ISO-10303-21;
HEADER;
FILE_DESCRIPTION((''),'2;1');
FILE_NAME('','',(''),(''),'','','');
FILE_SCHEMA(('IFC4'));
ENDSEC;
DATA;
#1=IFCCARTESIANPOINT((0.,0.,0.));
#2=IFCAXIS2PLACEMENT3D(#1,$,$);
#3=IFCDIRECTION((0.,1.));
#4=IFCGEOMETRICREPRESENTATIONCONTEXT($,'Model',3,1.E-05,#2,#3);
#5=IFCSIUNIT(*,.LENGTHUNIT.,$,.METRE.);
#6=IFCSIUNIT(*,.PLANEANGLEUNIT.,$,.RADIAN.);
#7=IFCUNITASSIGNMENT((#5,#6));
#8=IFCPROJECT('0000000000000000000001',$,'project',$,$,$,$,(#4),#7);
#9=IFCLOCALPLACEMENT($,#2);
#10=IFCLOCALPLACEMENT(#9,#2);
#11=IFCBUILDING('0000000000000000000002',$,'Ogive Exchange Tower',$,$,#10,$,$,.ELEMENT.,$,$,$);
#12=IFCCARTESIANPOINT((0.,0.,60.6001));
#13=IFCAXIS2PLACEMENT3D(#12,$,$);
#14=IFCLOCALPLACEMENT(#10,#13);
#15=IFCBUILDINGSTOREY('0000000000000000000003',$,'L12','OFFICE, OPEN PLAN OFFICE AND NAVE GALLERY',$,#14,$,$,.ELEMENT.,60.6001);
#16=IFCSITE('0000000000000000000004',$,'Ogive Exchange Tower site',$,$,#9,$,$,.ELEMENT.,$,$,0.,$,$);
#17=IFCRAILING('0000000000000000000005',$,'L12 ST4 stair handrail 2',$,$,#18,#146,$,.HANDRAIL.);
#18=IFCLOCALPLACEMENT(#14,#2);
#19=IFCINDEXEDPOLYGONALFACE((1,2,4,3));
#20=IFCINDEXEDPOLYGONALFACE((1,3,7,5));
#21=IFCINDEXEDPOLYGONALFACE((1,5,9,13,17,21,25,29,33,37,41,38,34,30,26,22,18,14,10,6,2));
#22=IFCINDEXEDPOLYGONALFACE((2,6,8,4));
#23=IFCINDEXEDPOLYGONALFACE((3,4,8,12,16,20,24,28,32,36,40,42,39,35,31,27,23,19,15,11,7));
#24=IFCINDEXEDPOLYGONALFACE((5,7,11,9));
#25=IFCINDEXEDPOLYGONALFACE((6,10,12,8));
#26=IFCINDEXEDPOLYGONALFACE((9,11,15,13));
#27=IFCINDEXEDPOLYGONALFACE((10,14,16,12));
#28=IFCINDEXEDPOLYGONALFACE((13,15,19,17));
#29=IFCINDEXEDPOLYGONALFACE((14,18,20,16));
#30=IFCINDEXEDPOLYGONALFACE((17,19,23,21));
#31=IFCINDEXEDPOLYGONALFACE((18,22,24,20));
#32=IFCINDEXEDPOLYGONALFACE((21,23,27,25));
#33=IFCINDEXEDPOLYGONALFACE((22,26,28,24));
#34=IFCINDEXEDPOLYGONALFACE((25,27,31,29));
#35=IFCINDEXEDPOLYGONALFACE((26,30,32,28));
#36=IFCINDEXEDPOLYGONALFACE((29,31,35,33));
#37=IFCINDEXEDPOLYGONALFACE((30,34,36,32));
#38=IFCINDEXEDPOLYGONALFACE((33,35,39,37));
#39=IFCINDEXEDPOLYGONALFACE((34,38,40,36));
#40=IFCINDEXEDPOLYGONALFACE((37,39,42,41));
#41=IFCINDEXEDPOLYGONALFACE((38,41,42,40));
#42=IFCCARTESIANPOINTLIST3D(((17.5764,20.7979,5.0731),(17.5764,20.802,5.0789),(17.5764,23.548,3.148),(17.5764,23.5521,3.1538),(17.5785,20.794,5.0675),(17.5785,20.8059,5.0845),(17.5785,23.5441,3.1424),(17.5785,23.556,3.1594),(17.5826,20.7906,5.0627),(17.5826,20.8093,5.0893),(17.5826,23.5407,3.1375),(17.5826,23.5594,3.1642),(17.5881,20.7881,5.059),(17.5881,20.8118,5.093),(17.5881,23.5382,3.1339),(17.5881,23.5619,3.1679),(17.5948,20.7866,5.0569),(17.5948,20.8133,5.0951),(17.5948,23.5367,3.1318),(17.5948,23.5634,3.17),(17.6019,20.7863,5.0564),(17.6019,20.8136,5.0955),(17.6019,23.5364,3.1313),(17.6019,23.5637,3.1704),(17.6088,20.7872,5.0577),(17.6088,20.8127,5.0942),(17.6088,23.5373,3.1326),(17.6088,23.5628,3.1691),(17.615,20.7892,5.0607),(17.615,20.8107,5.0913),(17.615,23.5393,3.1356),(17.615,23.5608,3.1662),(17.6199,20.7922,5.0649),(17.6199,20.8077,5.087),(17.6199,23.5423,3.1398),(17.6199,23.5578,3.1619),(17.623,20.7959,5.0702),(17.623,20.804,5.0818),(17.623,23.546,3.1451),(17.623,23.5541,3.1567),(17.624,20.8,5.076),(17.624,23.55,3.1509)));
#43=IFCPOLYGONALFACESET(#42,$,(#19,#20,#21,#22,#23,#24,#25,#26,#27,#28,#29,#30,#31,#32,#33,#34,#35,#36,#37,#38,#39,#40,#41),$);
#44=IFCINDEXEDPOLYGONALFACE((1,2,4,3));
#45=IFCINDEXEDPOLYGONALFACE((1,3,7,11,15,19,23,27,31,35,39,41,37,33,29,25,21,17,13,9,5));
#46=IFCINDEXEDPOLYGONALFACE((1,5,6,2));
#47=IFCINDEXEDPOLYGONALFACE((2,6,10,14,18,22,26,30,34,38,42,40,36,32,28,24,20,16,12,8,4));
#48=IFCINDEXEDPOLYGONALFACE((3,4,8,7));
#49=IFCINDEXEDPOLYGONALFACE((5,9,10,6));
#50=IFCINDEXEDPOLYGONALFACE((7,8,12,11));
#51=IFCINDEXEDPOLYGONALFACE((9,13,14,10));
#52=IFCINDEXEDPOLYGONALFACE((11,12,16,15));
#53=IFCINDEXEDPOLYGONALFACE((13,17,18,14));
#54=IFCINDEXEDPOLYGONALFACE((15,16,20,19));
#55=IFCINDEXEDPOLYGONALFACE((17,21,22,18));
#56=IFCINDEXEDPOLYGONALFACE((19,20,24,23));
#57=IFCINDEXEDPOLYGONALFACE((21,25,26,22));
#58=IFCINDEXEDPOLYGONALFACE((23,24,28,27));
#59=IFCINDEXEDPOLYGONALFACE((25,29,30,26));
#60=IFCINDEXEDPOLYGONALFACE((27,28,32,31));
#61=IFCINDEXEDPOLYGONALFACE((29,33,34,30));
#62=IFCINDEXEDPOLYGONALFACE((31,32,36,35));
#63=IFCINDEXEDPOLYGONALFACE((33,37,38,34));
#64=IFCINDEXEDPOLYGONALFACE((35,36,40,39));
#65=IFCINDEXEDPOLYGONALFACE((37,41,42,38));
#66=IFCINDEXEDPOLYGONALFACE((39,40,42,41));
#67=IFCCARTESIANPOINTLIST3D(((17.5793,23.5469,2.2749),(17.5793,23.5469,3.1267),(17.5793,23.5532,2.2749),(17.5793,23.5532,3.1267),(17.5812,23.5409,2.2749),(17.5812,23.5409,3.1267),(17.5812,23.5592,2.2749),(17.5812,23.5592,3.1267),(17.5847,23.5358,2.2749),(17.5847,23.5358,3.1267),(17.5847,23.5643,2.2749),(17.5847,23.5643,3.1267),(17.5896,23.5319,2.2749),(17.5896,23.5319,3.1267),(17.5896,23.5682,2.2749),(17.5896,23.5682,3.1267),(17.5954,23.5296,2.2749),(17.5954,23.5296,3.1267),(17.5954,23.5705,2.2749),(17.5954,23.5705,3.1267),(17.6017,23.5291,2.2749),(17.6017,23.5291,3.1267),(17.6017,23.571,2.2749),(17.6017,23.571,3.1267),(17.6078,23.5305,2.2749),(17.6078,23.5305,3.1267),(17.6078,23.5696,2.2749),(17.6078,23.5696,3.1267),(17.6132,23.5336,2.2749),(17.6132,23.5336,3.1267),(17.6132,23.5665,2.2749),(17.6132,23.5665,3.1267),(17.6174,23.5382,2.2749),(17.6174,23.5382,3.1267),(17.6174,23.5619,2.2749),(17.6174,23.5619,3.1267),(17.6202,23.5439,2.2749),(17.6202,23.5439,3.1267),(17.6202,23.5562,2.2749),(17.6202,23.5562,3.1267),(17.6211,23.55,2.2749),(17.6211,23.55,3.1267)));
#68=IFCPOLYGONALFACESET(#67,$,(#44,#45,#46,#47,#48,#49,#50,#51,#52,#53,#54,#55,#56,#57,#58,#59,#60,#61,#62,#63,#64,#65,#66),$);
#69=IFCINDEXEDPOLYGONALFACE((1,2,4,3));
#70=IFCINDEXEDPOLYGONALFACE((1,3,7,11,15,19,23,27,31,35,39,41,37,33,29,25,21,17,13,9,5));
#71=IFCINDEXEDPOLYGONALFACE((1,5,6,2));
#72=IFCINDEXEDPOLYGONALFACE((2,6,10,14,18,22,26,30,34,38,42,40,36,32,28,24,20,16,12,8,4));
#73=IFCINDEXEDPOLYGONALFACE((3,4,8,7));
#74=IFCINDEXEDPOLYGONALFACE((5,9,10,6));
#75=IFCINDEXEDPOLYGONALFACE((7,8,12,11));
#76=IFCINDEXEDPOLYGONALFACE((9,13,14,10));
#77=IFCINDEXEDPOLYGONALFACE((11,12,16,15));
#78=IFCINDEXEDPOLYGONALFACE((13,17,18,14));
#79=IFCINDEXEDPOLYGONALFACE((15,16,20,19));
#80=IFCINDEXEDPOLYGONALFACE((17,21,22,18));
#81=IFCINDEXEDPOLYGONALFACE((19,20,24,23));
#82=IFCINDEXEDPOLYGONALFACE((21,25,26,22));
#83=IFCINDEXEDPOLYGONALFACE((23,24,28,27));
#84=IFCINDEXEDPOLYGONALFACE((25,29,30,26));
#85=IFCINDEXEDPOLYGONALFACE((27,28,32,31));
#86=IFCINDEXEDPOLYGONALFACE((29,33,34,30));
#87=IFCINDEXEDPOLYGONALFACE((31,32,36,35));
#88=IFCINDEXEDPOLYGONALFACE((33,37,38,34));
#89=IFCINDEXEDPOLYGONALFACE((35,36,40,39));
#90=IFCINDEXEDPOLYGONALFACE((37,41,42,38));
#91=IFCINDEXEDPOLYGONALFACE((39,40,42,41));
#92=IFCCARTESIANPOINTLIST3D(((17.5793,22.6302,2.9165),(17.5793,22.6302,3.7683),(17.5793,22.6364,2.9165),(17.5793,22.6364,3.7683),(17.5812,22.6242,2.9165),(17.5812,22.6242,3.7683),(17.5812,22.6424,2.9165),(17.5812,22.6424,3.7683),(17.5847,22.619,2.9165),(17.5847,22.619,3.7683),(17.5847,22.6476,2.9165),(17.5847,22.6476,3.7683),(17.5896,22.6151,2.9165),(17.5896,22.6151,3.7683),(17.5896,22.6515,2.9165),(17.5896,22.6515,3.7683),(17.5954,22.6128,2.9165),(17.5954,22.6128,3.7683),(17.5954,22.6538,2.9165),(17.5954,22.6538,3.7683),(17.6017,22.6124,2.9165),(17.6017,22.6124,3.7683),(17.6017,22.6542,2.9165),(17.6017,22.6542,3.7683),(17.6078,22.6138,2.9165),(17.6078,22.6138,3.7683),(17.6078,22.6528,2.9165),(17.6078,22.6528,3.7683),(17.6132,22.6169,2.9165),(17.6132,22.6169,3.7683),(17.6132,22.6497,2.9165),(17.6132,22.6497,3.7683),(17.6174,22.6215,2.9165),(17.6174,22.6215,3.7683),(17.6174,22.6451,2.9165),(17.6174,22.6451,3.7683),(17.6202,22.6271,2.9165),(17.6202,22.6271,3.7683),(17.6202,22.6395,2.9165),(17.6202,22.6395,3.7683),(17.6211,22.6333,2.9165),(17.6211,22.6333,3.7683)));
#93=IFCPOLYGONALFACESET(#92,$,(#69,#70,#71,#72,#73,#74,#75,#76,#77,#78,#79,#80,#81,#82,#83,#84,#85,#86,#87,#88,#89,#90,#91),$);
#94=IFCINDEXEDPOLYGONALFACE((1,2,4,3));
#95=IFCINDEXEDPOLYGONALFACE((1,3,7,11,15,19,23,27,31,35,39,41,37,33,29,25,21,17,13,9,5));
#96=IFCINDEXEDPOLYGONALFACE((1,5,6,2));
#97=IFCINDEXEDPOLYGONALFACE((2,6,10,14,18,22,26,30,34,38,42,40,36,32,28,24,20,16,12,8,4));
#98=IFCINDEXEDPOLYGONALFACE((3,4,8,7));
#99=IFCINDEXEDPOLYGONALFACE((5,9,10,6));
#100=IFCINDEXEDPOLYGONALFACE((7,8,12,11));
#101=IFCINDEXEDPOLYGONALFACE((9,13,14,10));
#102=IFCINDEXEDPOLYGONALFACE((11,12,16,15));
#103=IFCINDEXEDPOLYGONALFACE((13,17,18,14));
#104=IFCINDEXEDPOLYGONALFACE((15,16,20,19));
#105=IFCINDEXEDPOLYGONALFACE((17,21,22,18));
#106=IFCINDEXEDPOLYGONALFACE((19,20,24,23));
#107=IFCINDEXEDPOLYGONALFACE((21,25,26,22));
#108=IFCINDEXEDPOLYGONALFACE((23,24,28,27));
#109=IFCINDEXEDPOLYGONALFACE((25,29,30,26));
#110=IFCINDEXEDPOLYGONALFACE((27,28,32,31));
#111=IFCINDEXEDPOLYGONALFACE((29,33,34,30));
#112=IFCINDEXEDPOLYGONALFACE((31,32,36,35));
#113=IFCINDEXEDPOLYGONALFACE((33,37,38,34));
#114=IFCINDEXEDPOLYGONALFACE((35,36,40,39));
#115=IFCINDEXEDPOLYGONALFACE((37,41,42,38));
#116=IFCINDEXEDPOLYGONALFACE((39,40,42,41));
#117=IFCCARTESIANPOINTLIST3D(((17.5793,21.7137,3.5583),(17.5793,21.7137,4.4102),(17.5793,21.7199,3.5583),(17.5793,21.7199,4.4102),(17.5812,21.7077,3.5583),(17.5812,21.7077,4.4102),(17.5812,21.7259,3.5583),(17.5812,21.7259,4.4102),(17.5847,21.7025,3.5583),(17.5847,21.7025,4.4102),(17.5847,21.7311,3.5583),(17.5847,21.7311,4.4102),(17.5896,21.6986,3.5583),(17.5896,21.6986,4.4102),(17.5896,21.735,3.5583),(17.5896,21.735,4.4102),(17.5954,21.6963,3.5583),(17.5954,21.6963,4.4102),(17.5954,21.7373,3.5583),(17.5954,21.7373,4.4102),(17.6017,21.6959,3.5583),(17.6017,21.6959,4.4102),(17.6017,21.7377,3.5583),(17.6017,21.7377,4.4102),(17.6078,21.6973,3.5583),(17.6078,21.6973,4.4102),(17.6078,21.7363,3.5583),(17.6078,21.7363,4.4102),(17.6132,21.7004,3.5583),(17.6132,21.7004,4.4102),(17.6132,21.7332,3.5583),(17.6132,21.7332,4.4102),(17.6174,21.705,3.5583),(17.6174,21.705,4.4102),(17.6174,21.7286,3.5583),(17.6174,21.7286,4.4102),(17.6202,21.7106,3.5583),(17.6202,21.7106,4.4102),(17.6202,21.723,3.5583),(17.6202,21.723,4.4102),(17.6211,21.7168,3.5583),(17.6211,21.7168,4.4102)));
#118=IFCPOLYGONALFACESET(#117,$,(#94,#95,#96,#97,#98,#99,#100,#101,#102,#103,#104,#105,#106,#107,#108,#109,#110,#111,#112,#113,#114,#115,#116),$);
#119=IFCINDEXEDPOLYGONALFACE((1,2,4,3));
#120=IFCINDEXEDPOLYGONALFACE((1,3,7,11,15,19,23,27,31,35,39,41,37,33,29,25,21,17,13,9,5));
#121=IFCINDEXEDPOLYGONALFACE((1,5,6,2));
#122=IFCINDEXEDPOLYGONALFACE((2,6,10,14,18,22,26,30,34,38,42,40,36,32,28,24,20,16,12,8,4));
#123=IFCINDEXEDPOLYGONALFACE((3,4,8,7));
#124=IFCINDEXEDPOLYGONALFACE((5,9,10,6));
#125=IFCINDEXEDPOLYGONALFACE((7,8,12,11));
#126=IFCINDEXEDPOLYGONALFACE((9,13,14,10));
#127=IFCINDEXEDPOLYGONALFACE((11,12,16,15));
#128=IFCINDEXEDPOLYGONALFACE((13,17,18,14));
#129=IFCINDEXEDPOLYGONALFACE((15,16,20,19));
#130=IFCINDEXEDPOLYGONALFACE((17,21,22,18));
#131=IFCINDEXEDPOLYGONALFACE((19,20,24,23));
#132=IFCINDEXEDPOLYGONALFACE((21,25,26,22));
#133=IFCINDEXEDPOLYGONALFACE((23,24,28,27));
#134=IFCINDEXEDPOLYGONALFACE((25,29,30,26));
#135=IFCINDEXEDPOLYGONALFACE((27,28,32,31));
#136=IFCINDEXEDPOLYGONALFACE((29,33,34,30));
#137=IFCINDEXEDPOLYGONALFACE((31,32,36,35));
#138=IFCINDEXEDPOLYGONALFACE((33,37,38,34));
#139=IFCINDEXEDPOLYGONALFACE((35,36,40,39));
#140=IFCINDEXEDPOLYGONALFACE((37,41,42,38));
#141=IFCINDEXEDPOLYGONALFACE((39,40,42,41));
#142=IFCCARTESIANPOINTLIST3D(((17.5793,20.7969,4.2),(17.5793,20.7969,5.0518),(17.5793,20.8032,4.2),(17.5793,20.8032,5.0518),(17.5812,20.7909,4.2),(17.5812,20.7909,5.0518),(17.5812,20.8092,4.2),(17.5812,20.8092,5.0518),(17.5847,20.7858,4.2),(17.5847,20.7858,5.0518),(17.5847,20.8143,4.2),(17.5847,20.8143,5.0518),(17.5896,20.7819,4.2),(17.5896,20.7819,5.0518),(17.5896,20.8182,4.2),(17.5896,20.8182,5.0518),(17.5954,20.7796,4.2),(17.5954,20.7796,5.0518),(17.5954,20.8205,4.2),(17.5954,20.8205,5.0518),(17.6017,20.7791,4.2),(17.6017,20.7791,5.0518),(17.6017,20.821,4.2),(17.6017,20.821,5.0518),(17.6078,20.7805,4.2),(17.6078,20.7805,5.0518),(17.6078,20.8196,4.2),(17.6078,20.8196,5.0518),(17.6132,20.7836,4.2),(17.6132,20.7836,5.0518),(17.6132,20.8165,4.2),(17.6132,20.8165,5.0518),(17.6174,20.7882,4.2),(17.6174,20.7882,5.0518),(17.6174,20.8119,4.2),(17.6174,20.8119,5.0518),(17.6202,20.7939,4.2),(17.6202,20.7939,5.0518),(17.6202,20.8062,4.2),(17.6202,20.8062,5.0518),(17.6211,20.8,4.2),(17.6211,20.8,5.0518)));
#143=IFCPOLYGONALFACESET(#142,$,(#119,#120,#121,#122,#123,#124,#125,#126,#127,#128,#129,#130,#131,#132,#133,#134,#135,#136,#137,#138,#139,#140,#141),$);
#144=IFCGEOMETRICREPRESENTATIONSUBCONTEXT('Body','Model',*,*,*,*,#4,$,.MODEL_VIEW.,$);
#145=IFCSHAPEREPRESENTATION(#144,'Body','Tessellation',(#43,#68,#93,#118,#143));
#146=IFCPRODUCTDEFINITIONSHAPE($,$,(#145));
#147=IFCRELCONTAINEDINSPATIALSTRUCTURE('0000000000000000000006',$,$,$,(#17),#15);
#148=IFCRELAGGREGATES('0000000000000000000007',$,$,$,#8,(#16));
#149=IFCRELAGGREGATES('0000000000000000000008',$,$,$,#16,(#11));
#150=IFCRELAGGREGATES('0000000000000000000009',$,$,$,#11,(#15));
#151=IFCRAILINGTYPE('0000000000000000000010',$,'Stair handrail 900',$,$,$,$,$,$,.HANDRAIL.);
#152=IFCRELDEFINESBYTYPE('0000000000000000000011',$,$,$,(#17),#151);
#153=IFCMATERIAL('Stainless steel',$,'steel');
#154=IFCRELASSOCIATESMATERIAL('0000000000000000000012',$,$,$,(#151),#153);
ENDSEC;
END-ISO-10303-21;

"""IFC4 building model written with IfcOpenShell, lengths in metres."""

from ifc_helpers import new_model, si_unit, direction, frame, origin, origin_2d, place, context, subcontext, project, spatial, circle, extrude, material, type_object, element, save


model = new_model("IFC4")

# Units and contexts
model_context = context("Model", 3, precision=1e-05, world=origin(), true_north=direction((0.0, 1.0)))
body_context = subcontext(model_context, "Body", "Model", "MODEL_VIEW")
ifc_project = project(units=[si_unit("LENGTHUNIT", "METRE"), si_unit("PLANEANGLEUNIT", "RADIAN")], contexts=[model_context])

# Site, building, storey
site_placement = place(None, origin())
site = spatial("IfcSite", under=ifc_project, at=site_placement, Name="Ogive Exchange Tower site", CompositionType="ELEMENT", RefElevation=0.0)
building_placement = place(site_placement, origin())
building = spatial("IfcBuilding", under=site, at=building_placement, Name="Ogive Exchange Tower", CompositionType="ELEMENT")
storey_placement = place(building_placement, frame((0.0, 0.0, 60.6001)))
storey = spatial("IfcBuildingStorey", under=building, at=storey_placement, Name="L12", Description="OFFICE, OPEN PLAN OFFICE AND NAVE GALLERY", CompositionType="ELEMENT", Elevation=60.6001)

# Railing
ifc_material_1 = material(Name="Stainless steel", Category="steel")
railing_type = type_object("IfcRailingType", Name="Stair handrail 900", PredefinedType="HANDRAIL", material=ifc_material_1)
railing_1_placement = place(storey_placement, frame((17.6001, 23.55, 2.2749)))
element("IfcRailing", 1, at=railing_1_placement, inside=storey, type_object=railing_type, Name="L12 ST4 stair handrail 2", PredefinedType="HANDRAIL", context=body_context, shape_type="SweptSolid", body=[
    extrude(circle(Radius=0.0239, at=origin_2d()), frame((0.0, 0.0, 0.876), z_axis=(0.0, -0.819225, 0.573472), x_axis=(1.0, 0.0, 0.0)), (0.0, 0.0, 1.0), 3.3569),
    extrude(circle(Radius=0.021, at=origin_2d()), origin(), (0.0, 0.0, 1.0), 0.8518),
    extrude(circle(Radius=0.021, at=origin_2d()), frame((0.0, -0.9167, 0.6416)), (0.0, 0.0, 1.0), 0.8518),
    extrude(circle(Radius=0.021, at=origin_2d()), frame((0.0, -1.8333, 1.2834)), (0.0, 0.0, 1.0), 0.8518),
    extrude(circle(Radius=0.021, at=origin_2d()), frame((0.0, -2.75, 1.925)), (0.0, 0.0, 1.0), 0.8518),
])

save(model, "model.ifc")
